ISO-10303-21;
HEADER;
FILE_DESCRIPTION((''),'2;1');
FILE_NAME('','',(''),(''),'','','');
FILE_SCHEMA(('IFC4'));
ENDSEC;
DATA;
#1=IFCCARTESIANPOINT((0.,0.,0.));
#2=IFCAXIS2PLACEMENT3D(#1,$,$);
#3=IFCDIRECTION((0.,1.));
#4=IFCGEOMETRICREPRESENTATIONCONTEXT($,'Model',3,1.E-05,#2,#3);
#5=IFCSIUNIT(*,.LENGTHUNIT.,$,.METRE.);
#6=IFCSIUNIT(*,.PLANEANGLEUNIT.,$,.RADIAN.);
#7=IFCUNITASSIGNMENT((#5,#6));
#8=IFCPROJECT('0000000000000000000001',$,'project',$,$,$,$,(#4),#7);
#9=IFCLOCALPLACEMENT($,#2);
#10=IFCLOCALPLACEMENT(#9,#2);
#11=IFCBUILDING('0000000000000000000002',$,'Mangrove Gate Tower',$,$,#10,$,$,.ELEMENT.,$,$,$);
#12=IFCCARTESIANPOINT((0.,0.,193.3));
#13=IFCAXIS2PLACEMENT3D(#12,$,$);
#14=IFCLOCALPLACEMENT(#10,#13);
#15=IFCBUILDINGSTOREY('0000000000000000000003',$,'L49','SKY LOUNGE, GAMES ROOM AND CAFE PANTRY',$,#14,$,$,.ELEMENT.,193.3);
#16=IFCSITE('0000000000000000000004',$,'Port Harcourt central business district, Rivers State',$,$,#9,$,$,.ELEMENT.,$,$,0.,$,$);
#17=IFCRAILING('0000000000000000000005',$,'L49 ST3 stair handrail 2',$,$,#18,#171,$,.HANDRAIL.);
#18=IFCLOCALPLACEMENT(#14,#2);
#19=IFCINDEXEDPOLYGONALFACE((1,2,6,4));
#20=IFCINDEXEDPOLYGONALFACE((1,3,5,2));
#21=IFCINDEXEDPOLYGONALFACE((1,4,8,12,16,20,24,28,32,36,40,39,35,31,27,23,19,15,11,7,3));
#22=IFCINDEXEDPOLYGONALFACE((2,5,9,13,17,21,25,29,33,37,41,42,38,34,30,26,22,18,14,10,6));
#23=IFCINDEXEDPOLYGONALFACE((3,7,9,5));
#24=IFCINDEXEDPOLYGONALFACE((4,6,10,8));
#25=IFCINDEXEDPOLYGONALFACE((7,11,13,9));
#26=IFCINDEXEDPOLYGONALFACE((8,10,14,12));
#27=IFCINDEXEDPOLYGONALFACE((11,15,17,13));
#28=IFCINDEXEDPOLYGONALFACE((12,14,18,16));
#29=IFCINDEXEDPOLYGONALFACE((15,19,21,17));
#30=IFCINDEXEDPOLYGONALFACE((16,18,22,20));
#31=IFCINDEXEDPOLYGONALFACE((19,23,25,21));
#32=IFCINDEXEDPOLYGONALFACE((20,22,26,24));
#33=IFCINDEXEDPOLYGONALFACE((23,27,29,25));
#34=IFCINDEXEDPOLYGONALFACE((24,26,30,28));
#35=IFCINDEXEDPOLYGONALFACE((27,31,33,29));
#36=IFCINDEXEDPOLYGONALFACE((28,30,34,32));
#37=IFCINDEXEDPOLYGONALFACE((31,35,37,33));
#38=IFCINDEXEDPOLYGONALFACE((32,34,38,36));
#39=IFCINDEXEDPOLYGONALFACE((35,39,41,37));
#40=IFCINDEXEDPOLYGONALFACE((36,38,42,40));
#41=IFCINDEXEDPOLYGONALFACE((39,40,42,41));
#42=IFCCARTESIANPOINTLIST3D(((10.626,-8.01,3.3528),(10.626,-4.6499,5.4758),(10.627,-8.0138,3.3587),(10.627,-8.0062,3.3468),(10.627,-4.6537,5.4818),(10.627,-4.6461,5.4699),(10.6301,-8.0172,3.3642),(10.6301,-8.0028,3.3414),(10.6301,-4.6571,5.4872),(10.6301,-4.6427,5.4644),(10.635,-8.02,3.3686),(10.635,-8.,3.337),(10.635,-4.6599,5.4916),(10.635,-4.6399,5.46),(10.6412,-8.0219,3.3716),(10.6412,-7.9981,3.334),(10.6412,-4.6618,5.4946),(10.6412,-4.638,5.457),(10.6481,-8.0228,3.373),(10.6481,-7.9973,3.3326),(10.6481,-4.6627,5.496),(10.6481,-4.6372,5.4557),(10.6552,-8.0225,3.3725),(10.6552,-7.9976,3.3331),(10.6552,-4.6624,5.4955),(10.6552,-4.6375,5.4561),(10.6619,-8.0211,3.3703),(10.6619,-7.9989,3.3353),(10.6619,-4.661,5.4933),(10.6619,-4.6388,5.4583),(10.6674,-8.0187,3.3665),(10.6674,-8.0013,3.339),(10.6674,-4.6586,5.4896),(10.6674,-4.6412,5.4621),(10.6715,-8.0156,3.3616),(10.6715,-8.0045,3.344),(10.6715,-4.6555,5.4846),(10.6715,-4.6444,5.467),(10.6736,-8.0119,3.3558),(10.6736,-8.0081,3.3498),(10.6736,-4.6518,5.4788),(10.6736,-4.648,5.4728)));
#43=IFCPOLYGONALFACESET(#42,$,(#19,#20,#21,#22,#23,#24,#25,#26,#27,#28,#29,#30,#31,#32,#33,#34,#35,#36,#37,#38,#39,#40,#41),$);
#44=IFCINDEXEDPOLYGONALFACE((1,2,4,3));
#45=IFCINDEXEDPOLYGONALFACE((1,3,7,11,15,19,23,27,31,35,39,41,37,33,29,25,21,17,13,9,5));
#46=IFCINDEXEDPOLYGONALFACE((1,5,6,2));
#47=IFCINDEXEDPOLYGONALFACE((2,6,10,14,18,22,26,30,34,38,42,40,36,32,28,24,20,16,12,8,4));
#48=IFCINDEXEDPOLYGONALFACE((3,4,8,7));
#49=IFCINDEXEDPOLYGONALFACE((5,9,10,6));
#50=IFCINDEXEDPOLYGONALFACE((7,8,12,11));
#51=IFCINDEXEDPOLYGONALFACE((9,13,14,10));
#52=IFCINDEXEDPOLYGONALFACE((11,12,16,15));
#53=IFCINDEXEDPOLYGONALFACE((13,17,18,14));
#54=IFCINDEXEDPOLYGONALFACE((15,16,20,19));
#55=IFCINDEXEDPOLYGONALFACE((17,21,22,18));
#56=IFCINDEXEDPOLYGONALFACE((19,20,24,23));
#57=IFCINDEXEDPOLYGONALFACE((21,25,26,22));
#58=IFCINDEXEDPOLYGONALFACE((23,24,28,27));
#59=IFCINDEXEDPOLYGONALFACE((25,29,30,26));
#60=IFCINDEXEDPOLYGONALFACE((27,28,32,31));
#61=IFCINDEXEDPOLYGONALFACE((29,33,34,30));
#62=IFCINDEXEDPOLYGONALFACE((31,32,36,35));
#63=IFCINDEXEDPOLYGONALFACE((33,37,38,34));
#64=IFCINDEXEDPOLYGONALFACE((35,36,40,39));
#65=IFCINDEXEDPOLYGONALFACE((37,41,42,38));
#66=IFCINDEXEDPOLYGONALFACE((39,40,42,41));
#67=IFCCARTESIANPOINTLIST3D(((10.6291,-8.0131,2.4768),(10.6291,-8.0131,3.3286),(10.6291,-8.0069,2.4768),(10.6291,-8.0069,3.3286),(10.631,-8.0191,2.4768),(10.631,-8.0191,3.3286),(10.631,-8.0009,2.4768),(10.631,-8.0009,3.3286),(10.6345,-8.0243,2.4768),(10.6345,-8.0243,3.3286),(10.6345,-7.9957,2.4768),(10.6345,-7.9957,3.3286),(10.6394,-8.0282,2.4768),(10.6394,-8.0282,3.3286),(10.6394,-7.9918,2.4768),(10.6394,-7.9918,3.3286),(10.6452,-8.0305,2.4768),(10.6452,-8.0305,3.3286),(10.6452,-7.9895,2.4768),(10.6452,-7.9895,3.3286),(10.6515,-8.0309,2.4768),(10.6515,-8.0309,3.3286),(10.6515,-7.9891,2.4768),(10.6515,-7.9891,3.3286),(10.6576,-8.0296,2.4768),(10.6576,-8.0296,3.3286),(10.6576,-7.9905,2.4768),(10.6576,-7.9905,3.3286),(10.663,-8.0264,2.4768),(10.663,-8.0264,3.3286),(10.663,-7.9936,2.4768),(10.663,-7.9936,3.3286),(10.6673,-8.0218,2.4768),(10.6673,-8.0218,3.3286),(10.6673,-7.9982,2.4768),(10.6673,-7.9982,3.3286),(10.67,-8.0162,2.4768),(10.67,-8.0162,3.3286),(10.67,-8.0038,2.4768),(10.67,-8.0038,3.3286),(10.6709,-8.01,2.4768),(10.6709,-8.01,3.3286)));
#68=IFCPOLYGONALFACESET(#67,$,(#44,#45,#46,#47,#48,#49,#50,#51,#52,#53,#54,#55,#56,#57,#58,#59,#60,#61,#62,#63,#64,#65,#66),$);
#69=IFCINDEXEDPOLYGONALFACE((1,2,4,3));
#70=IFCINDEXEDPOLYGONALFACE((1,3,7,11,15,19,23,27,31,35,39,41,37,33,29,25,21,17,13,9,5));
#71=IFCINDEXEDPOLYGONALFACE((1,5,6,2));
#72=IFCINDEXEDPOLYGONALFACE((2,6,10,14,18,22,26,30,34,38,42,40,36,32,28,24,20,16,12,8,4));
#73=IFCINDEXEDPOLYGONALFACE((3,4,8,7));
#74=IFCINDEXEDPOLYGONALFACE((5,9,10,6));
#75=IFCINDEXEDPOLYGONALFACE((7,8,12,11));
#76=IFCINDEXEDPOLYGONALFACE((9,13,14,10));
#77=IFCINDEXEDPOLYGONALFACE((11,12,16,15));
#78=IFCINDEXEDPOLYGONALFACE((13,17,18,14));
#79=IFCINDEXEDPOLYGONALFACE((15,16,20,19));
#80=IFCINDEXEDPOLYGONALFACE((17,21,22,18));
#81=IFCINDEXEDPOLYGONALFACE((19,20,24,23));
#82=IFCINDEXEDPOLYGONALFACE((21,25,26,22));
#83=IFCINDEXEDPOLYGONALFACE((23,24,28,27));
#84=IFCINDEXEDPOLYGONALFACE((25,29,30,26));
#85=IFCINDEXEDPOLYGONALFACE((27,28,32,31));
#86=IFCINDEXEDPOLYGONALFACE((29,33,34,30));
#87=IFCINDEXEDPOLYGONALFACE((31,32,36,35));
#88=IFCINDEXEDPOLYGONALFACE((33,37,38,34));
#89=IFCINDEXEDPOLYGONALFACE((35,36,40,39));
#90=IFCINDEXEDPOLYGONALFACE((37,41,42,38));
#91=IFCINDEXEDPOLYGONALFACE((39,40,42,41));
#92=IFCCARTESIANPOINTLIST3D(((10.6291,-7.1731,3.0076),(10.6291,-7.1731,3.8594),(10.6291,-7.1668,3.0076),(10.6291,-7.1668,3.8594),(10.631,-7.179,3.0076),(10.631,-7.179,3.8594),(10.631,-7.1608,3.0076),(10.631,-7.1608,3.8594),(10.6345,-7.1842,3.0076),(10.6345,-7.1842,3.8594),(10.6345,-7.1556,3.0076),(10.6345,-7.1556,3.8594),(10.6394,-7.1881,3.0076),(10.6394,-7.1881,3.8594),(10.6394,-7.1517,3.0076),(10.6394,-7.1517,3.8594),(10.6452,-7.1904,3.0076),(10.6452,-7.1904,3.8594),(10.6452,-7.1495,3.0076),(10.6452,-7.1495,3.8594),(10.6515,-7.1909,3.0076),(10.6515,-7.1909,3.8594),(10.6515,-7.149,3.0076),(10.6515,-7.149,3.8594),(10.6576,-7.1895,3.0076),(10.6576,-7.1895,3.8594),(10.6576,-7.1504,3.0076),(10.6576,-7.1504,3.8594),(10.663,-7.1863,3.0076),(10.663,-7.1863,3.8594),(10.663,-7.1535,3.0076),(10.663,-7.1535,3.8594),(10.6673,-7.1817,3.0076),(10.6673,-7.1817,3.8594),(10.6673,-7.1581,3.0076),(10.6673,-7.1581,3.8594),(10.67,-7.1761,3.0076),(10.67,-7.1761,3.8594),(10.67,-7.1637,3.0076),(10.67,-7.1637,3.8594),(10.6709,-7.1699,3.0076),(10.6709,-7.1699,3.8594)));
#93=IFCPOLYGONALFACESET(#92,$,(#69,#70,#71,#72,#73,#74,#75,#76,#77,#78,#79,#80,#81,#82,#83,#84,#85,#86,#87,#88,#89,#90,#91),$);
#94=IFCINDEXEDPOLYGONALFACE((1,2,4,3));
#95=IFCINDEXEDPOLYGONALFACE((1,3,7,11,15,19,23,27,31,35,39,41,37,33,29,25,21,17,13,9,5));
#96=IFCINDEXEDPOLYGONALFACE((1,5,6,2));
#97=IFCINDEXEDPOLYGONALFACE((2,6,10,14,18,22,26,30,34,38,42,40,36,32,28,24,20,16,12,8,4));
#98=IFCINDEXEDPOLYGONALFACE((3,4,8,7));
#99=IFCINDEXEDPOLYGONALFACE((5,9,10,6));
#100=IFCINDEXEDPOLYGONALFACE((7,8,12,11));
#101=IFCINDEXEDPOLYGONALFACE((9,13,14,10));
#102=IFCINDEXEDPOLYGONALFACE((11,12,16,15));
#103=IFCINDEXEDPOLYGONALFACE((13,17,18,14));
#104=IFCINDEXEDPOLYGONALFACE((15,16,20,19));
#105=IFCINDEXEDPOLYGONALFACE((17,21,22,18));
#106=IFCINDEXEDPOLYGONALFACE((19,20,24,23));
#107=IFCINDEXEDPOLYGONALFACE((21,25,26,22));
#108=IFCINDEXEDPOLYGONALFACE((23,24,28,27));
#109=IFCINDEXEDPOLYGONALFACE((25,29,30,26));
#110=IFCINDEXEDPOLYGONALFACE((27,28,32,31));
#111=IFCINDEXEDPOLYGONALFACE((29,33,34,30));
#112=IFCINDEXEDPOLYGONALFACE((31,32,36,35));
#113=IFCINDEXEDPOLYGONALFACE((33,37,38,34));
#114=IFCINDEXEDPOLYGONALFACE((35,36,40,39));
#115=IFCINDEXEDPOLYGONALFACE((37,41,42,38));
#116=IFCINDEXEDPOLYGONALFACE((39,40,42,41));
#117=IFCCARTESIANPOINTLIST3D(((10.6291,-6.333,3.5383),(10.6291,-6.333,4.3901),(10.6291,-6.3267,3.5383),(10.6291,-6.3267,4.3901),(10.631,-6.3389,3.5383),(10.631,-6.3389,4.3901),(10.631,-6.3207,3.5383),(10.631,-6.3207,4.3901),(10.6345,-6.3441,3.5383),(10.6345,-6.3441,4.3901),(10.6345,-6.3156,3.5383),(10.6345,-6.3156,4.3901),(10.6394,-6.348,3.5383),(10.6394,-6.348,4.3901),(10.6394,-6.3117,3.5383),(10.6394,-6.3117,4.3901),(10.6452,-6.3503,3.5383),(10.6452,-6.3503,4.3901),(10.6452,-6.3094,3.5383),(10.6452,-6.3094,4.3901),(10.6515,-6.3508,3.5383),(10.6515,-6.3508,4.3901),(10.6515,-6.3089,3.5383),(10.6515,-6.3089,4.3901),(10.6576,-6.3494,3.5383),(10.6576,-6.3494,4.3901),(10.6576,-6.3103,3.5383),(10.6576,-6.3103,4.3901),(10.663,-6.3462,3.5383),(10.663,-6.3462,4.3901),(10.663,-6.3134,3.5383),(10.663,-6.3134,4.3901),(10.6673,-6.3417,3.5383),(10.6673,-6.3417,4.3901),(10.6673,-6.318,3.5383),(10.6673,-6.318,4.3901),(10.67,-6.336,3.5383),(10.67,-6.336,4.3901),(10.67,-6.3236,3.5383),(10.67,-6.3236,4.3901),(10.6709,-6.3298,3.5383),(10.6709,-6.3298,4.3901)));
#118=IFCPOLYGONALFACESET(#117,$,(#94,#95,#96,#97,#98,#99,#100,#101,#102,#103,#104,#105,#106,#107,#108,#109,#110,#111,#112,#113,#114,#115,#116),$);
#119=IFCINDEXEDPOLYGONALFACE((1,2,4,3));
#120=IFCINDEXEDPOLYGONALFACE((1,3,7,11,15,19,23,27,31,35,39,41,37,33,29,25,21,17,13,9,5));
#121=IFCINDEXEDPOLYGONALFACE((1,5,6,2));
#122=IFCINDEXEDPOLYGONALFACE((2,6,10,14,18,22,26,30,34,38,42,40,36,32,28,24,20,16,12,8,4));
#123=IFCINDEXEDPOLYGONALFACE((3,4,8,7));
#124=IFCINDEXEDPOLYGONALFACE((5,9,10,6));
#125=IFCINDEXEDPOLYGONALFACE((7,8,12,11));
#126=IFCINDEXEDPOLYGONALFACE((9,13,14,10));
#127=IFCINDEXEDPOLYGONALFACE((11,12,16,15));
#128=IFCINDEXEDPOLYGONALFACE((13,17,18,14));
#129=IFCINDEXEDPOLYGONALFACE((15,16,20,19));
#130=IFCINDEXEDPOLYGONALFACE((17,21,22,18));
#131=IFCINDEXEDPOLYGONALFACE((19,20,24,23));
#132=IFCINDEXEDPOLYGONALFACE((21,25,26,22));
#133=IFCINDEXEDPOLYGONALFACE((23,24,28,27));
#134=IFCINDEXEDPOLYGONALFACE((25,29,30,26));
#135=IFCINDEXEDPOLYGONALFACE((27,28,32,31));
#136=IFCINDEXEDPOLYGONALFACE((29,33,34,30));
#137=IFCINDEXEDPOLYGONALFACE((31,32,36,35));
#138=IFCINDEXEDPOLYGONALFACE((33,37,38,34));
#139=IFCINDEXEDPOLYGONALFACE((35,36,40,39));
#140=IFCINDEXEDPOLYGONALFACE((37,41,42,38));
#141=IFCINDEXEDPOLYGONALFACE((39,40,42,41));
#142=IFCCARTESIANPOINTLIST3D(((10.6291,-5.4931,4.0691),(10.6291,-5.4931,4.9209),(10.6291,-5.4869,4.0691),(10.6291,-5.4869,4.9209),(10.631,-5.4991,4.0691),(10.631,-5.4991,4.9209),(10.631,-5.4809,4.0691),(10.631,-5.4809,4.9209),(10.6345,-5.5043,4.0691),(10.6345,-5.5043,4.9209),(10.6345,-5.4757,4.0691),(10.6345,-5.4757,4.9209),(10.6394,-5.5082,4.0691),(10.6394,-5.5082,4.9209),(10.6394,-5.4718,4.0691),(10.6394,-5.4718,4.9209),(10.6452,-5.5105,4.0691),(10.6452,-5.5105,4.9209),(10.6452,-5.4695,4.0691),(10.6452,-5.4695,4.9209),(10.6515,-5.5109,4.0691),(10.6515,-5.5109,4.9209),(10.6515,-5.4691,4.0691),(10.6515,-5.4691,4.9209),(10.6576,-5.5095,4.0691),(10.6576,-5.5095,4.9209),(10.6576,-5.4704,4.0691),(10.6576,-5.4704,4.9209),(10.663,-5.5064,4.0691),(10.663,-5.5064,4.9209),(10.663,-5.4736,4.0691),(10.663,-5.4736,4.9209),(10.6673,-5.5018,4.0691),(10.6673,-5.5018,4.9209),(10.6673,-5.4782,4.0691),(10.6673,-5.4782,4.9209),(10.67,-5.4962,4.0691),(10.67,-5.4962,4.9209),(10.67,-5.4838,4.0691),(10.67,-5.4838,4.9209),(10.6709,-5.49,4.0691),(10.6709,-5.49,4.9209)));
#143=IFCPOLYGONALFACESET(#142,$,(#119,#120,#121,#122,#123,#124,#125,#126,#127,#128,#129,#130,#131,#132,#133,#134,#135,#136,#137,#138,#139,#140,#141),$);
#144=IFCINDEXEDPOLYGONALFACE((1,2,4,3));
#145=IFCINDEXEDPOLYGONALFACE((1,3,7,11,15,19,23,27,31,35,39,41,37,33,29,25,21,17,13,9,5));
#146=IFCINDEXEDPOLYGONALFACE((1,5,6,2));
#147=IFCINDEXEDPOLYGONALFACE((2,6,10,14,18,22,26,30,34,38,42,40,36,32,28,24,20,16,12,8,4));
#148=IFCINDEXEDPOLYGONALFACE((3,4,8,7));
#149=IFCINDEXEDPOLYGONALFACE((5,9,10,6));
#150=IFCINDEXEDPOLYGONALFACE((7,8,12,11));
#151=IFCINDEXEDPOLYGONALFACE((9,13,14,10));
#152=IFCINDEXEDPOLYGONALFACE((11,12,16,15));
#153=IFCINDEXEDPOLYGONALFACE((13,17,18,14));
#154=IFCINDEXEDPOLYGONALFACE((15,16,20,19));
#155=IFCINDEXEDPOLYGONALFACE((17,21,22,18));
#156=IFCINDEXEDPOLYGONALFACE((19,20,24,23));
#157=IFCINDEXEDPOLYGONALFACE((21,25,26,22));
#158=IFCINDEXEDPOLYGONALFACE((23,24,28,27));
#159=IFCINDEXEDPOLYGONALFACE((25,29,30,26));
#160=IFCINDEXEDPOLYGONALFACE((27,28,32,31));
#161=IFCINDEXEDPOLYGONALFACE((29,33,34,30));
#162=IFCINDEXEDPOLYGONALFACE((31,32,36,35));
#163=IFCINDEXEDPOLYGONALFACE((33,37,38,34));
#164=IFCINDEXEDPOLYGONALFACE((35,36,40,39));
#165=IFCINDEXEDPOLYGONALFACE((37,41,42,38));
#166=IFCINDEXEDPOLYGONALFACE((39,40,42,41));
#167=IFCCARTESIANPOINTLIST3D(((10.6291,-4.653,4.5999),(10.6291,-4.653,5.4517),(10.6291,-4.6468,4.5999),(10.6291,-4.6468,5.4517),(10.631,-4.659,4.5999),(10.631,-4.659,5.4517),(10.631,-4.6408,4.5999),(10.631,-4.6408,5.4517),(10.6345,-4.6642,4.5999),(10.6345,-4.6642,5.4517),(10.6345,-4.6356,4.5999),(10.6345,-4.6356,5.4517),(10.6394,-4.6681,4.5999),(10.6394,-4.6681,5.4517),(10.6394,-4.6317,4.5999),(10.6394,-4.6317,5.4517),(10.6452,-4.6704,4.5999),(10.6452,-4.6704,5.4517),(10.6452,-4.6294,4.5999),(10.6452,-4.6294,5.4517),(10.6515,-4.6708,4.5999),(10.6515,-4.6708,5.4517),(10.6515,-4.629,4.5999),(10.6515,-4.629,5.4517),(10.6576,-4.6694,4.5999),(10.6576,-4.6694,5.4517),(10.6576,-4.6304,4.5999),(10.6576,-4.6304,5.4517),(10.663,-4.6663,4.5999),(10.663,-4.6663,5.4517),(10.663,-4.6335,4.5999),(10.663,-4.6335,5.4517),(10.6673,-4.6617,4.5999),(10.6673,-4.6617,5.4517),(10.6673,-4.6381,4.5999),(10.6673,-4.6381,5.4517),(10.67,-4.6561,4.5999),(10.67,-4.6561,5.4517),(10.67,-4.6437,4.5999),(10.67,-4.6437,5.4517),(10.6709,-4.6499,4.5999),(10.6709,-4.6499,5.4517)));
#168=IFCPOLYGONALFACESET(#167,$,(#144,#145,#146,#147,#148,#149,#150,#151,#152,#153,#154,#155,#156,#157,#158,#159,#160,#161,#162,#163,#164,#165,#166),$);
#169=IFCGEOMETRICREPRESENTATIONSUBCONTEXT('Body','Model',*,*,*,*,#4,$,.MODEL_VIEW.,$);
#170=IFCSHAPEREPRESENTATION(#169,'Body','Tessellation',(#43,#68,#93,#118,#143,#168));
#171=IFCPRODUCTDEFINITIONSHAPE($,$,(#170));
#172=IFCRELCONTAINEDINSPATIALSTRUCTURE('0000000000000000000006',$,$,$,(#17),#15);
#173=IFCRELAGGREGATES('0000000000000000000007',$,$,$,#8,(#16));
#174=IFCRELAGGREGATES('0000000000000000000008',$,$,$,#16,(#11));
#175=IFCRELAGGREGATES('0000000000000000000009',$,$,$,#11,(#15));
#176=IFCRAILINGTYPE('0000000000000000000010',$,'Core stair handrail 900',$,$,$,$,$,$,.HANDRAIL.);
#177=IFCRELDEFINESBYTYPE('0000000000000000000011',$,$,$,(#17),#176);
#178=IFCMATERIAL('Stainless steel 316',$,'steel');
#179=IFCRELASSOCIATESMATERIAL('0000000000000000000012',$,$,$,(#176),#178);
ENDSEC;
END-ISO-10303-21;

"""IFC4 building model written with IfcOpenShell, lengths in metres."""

from ifc_helpers import new_model, si_unit, direction, frame, origin, origin_2d, place, context, subcontext, project, spatial, circle, extrude, material, type_object, element, save


model = new_model("IFC4")

# Units and contexts
model_context = context("Model", 3, precision=1e-05, world=origin(), true_north=direction((0.0, 1.0)))
body_context = subcontext(model_context, "Body", "Model", "MODEL_VIEW")
ifc_project = project(units=[si_unit("LENGTHUNIT", "METRE"), si_unit("PLANEANGLEUNIT", "RADIAN")], contexts=[model_context])

# Site, building, storey
site_placement = place(None, origin())
site = spatial("IfcSite", under=ifc_project, at=site_placement, Name="Port Harcourt central business district, Rivers State", CompositionType="ELEMENT", RefElevation=0.0)
building_placement = place(site_placement, origin())
building = spatial("IfcBuilding", under=site, at=building_placement, Name="Mangrove Gate Tower", CompositionType="ELEMENT")
storey_placement = place(building_placement, frame((0.0, 0.0, 193.3)))
storey = spatial("IfcBuildingStorey", under=building, at=storey_placement, Name="L49", Description="SKY LOUNGE, GAMES ROOM AND CAFE PANTRY", CompositionType="ELEMENT", Elevation=193.3)

# Railing
ifc_material_1 = material(Name="Stainless steel 316", Category="steel")
railing_type_1 = type_object("IfcRailingType", Name="Core stair handrail 900", PredefinedType="HANDRAIL", material=ifc_material_1)
railing_1_placement = place(storey_placement, frame((10.6499, -8.01, 2.4768)))
element("IfcRailing", 1, at=railing_1_placement, inside=storey, type_object=railing_type_1, Name="L49 ST3 stair handrail 2", PredefinedType="HANDRAIL", context=body_context, shape_type="SweptSolid", body=[
    extrude(circle(Radius=0.0239, at=origin_2d()), frame((0.0, 0.0, 0.876), z_axis=(0.0, 0.84539, 0.53415), x_axis=(-1.0, 0.0, 0.0)), (0.0, 0.0, 1.0), 3.9746),
    extrude(circle(Radius=0.021, at=origin_2d()), origin(), (0.0, 0.0, 1.0), 0.8518),
    extrude(circle(Radius=0.021, at=origin_2d()), frame((0.0, 0.8401, 0.5308)), (0.0, 0.0, 1.0), 0.8518),
    extrude(circle(Radius=0.021, at=origin_2d()), frame((0.0, 1.6802, 1.0615)), (0.0, 0.0, 1.0), 0.8518),
    extrude(circle(Radius=0.021, at=origin_2d()), frame((0.0, 2.52, 1.5923)), (0.0, 0.0, 1.0), 0.8518),
    extrude(circle(Radius=0.021, at=origin_2d()), frame((0.0, 3.3601, 2.123)), (0.0, 0.0, 1.0), 0.8518),
])

save(model, "model.ifc")
